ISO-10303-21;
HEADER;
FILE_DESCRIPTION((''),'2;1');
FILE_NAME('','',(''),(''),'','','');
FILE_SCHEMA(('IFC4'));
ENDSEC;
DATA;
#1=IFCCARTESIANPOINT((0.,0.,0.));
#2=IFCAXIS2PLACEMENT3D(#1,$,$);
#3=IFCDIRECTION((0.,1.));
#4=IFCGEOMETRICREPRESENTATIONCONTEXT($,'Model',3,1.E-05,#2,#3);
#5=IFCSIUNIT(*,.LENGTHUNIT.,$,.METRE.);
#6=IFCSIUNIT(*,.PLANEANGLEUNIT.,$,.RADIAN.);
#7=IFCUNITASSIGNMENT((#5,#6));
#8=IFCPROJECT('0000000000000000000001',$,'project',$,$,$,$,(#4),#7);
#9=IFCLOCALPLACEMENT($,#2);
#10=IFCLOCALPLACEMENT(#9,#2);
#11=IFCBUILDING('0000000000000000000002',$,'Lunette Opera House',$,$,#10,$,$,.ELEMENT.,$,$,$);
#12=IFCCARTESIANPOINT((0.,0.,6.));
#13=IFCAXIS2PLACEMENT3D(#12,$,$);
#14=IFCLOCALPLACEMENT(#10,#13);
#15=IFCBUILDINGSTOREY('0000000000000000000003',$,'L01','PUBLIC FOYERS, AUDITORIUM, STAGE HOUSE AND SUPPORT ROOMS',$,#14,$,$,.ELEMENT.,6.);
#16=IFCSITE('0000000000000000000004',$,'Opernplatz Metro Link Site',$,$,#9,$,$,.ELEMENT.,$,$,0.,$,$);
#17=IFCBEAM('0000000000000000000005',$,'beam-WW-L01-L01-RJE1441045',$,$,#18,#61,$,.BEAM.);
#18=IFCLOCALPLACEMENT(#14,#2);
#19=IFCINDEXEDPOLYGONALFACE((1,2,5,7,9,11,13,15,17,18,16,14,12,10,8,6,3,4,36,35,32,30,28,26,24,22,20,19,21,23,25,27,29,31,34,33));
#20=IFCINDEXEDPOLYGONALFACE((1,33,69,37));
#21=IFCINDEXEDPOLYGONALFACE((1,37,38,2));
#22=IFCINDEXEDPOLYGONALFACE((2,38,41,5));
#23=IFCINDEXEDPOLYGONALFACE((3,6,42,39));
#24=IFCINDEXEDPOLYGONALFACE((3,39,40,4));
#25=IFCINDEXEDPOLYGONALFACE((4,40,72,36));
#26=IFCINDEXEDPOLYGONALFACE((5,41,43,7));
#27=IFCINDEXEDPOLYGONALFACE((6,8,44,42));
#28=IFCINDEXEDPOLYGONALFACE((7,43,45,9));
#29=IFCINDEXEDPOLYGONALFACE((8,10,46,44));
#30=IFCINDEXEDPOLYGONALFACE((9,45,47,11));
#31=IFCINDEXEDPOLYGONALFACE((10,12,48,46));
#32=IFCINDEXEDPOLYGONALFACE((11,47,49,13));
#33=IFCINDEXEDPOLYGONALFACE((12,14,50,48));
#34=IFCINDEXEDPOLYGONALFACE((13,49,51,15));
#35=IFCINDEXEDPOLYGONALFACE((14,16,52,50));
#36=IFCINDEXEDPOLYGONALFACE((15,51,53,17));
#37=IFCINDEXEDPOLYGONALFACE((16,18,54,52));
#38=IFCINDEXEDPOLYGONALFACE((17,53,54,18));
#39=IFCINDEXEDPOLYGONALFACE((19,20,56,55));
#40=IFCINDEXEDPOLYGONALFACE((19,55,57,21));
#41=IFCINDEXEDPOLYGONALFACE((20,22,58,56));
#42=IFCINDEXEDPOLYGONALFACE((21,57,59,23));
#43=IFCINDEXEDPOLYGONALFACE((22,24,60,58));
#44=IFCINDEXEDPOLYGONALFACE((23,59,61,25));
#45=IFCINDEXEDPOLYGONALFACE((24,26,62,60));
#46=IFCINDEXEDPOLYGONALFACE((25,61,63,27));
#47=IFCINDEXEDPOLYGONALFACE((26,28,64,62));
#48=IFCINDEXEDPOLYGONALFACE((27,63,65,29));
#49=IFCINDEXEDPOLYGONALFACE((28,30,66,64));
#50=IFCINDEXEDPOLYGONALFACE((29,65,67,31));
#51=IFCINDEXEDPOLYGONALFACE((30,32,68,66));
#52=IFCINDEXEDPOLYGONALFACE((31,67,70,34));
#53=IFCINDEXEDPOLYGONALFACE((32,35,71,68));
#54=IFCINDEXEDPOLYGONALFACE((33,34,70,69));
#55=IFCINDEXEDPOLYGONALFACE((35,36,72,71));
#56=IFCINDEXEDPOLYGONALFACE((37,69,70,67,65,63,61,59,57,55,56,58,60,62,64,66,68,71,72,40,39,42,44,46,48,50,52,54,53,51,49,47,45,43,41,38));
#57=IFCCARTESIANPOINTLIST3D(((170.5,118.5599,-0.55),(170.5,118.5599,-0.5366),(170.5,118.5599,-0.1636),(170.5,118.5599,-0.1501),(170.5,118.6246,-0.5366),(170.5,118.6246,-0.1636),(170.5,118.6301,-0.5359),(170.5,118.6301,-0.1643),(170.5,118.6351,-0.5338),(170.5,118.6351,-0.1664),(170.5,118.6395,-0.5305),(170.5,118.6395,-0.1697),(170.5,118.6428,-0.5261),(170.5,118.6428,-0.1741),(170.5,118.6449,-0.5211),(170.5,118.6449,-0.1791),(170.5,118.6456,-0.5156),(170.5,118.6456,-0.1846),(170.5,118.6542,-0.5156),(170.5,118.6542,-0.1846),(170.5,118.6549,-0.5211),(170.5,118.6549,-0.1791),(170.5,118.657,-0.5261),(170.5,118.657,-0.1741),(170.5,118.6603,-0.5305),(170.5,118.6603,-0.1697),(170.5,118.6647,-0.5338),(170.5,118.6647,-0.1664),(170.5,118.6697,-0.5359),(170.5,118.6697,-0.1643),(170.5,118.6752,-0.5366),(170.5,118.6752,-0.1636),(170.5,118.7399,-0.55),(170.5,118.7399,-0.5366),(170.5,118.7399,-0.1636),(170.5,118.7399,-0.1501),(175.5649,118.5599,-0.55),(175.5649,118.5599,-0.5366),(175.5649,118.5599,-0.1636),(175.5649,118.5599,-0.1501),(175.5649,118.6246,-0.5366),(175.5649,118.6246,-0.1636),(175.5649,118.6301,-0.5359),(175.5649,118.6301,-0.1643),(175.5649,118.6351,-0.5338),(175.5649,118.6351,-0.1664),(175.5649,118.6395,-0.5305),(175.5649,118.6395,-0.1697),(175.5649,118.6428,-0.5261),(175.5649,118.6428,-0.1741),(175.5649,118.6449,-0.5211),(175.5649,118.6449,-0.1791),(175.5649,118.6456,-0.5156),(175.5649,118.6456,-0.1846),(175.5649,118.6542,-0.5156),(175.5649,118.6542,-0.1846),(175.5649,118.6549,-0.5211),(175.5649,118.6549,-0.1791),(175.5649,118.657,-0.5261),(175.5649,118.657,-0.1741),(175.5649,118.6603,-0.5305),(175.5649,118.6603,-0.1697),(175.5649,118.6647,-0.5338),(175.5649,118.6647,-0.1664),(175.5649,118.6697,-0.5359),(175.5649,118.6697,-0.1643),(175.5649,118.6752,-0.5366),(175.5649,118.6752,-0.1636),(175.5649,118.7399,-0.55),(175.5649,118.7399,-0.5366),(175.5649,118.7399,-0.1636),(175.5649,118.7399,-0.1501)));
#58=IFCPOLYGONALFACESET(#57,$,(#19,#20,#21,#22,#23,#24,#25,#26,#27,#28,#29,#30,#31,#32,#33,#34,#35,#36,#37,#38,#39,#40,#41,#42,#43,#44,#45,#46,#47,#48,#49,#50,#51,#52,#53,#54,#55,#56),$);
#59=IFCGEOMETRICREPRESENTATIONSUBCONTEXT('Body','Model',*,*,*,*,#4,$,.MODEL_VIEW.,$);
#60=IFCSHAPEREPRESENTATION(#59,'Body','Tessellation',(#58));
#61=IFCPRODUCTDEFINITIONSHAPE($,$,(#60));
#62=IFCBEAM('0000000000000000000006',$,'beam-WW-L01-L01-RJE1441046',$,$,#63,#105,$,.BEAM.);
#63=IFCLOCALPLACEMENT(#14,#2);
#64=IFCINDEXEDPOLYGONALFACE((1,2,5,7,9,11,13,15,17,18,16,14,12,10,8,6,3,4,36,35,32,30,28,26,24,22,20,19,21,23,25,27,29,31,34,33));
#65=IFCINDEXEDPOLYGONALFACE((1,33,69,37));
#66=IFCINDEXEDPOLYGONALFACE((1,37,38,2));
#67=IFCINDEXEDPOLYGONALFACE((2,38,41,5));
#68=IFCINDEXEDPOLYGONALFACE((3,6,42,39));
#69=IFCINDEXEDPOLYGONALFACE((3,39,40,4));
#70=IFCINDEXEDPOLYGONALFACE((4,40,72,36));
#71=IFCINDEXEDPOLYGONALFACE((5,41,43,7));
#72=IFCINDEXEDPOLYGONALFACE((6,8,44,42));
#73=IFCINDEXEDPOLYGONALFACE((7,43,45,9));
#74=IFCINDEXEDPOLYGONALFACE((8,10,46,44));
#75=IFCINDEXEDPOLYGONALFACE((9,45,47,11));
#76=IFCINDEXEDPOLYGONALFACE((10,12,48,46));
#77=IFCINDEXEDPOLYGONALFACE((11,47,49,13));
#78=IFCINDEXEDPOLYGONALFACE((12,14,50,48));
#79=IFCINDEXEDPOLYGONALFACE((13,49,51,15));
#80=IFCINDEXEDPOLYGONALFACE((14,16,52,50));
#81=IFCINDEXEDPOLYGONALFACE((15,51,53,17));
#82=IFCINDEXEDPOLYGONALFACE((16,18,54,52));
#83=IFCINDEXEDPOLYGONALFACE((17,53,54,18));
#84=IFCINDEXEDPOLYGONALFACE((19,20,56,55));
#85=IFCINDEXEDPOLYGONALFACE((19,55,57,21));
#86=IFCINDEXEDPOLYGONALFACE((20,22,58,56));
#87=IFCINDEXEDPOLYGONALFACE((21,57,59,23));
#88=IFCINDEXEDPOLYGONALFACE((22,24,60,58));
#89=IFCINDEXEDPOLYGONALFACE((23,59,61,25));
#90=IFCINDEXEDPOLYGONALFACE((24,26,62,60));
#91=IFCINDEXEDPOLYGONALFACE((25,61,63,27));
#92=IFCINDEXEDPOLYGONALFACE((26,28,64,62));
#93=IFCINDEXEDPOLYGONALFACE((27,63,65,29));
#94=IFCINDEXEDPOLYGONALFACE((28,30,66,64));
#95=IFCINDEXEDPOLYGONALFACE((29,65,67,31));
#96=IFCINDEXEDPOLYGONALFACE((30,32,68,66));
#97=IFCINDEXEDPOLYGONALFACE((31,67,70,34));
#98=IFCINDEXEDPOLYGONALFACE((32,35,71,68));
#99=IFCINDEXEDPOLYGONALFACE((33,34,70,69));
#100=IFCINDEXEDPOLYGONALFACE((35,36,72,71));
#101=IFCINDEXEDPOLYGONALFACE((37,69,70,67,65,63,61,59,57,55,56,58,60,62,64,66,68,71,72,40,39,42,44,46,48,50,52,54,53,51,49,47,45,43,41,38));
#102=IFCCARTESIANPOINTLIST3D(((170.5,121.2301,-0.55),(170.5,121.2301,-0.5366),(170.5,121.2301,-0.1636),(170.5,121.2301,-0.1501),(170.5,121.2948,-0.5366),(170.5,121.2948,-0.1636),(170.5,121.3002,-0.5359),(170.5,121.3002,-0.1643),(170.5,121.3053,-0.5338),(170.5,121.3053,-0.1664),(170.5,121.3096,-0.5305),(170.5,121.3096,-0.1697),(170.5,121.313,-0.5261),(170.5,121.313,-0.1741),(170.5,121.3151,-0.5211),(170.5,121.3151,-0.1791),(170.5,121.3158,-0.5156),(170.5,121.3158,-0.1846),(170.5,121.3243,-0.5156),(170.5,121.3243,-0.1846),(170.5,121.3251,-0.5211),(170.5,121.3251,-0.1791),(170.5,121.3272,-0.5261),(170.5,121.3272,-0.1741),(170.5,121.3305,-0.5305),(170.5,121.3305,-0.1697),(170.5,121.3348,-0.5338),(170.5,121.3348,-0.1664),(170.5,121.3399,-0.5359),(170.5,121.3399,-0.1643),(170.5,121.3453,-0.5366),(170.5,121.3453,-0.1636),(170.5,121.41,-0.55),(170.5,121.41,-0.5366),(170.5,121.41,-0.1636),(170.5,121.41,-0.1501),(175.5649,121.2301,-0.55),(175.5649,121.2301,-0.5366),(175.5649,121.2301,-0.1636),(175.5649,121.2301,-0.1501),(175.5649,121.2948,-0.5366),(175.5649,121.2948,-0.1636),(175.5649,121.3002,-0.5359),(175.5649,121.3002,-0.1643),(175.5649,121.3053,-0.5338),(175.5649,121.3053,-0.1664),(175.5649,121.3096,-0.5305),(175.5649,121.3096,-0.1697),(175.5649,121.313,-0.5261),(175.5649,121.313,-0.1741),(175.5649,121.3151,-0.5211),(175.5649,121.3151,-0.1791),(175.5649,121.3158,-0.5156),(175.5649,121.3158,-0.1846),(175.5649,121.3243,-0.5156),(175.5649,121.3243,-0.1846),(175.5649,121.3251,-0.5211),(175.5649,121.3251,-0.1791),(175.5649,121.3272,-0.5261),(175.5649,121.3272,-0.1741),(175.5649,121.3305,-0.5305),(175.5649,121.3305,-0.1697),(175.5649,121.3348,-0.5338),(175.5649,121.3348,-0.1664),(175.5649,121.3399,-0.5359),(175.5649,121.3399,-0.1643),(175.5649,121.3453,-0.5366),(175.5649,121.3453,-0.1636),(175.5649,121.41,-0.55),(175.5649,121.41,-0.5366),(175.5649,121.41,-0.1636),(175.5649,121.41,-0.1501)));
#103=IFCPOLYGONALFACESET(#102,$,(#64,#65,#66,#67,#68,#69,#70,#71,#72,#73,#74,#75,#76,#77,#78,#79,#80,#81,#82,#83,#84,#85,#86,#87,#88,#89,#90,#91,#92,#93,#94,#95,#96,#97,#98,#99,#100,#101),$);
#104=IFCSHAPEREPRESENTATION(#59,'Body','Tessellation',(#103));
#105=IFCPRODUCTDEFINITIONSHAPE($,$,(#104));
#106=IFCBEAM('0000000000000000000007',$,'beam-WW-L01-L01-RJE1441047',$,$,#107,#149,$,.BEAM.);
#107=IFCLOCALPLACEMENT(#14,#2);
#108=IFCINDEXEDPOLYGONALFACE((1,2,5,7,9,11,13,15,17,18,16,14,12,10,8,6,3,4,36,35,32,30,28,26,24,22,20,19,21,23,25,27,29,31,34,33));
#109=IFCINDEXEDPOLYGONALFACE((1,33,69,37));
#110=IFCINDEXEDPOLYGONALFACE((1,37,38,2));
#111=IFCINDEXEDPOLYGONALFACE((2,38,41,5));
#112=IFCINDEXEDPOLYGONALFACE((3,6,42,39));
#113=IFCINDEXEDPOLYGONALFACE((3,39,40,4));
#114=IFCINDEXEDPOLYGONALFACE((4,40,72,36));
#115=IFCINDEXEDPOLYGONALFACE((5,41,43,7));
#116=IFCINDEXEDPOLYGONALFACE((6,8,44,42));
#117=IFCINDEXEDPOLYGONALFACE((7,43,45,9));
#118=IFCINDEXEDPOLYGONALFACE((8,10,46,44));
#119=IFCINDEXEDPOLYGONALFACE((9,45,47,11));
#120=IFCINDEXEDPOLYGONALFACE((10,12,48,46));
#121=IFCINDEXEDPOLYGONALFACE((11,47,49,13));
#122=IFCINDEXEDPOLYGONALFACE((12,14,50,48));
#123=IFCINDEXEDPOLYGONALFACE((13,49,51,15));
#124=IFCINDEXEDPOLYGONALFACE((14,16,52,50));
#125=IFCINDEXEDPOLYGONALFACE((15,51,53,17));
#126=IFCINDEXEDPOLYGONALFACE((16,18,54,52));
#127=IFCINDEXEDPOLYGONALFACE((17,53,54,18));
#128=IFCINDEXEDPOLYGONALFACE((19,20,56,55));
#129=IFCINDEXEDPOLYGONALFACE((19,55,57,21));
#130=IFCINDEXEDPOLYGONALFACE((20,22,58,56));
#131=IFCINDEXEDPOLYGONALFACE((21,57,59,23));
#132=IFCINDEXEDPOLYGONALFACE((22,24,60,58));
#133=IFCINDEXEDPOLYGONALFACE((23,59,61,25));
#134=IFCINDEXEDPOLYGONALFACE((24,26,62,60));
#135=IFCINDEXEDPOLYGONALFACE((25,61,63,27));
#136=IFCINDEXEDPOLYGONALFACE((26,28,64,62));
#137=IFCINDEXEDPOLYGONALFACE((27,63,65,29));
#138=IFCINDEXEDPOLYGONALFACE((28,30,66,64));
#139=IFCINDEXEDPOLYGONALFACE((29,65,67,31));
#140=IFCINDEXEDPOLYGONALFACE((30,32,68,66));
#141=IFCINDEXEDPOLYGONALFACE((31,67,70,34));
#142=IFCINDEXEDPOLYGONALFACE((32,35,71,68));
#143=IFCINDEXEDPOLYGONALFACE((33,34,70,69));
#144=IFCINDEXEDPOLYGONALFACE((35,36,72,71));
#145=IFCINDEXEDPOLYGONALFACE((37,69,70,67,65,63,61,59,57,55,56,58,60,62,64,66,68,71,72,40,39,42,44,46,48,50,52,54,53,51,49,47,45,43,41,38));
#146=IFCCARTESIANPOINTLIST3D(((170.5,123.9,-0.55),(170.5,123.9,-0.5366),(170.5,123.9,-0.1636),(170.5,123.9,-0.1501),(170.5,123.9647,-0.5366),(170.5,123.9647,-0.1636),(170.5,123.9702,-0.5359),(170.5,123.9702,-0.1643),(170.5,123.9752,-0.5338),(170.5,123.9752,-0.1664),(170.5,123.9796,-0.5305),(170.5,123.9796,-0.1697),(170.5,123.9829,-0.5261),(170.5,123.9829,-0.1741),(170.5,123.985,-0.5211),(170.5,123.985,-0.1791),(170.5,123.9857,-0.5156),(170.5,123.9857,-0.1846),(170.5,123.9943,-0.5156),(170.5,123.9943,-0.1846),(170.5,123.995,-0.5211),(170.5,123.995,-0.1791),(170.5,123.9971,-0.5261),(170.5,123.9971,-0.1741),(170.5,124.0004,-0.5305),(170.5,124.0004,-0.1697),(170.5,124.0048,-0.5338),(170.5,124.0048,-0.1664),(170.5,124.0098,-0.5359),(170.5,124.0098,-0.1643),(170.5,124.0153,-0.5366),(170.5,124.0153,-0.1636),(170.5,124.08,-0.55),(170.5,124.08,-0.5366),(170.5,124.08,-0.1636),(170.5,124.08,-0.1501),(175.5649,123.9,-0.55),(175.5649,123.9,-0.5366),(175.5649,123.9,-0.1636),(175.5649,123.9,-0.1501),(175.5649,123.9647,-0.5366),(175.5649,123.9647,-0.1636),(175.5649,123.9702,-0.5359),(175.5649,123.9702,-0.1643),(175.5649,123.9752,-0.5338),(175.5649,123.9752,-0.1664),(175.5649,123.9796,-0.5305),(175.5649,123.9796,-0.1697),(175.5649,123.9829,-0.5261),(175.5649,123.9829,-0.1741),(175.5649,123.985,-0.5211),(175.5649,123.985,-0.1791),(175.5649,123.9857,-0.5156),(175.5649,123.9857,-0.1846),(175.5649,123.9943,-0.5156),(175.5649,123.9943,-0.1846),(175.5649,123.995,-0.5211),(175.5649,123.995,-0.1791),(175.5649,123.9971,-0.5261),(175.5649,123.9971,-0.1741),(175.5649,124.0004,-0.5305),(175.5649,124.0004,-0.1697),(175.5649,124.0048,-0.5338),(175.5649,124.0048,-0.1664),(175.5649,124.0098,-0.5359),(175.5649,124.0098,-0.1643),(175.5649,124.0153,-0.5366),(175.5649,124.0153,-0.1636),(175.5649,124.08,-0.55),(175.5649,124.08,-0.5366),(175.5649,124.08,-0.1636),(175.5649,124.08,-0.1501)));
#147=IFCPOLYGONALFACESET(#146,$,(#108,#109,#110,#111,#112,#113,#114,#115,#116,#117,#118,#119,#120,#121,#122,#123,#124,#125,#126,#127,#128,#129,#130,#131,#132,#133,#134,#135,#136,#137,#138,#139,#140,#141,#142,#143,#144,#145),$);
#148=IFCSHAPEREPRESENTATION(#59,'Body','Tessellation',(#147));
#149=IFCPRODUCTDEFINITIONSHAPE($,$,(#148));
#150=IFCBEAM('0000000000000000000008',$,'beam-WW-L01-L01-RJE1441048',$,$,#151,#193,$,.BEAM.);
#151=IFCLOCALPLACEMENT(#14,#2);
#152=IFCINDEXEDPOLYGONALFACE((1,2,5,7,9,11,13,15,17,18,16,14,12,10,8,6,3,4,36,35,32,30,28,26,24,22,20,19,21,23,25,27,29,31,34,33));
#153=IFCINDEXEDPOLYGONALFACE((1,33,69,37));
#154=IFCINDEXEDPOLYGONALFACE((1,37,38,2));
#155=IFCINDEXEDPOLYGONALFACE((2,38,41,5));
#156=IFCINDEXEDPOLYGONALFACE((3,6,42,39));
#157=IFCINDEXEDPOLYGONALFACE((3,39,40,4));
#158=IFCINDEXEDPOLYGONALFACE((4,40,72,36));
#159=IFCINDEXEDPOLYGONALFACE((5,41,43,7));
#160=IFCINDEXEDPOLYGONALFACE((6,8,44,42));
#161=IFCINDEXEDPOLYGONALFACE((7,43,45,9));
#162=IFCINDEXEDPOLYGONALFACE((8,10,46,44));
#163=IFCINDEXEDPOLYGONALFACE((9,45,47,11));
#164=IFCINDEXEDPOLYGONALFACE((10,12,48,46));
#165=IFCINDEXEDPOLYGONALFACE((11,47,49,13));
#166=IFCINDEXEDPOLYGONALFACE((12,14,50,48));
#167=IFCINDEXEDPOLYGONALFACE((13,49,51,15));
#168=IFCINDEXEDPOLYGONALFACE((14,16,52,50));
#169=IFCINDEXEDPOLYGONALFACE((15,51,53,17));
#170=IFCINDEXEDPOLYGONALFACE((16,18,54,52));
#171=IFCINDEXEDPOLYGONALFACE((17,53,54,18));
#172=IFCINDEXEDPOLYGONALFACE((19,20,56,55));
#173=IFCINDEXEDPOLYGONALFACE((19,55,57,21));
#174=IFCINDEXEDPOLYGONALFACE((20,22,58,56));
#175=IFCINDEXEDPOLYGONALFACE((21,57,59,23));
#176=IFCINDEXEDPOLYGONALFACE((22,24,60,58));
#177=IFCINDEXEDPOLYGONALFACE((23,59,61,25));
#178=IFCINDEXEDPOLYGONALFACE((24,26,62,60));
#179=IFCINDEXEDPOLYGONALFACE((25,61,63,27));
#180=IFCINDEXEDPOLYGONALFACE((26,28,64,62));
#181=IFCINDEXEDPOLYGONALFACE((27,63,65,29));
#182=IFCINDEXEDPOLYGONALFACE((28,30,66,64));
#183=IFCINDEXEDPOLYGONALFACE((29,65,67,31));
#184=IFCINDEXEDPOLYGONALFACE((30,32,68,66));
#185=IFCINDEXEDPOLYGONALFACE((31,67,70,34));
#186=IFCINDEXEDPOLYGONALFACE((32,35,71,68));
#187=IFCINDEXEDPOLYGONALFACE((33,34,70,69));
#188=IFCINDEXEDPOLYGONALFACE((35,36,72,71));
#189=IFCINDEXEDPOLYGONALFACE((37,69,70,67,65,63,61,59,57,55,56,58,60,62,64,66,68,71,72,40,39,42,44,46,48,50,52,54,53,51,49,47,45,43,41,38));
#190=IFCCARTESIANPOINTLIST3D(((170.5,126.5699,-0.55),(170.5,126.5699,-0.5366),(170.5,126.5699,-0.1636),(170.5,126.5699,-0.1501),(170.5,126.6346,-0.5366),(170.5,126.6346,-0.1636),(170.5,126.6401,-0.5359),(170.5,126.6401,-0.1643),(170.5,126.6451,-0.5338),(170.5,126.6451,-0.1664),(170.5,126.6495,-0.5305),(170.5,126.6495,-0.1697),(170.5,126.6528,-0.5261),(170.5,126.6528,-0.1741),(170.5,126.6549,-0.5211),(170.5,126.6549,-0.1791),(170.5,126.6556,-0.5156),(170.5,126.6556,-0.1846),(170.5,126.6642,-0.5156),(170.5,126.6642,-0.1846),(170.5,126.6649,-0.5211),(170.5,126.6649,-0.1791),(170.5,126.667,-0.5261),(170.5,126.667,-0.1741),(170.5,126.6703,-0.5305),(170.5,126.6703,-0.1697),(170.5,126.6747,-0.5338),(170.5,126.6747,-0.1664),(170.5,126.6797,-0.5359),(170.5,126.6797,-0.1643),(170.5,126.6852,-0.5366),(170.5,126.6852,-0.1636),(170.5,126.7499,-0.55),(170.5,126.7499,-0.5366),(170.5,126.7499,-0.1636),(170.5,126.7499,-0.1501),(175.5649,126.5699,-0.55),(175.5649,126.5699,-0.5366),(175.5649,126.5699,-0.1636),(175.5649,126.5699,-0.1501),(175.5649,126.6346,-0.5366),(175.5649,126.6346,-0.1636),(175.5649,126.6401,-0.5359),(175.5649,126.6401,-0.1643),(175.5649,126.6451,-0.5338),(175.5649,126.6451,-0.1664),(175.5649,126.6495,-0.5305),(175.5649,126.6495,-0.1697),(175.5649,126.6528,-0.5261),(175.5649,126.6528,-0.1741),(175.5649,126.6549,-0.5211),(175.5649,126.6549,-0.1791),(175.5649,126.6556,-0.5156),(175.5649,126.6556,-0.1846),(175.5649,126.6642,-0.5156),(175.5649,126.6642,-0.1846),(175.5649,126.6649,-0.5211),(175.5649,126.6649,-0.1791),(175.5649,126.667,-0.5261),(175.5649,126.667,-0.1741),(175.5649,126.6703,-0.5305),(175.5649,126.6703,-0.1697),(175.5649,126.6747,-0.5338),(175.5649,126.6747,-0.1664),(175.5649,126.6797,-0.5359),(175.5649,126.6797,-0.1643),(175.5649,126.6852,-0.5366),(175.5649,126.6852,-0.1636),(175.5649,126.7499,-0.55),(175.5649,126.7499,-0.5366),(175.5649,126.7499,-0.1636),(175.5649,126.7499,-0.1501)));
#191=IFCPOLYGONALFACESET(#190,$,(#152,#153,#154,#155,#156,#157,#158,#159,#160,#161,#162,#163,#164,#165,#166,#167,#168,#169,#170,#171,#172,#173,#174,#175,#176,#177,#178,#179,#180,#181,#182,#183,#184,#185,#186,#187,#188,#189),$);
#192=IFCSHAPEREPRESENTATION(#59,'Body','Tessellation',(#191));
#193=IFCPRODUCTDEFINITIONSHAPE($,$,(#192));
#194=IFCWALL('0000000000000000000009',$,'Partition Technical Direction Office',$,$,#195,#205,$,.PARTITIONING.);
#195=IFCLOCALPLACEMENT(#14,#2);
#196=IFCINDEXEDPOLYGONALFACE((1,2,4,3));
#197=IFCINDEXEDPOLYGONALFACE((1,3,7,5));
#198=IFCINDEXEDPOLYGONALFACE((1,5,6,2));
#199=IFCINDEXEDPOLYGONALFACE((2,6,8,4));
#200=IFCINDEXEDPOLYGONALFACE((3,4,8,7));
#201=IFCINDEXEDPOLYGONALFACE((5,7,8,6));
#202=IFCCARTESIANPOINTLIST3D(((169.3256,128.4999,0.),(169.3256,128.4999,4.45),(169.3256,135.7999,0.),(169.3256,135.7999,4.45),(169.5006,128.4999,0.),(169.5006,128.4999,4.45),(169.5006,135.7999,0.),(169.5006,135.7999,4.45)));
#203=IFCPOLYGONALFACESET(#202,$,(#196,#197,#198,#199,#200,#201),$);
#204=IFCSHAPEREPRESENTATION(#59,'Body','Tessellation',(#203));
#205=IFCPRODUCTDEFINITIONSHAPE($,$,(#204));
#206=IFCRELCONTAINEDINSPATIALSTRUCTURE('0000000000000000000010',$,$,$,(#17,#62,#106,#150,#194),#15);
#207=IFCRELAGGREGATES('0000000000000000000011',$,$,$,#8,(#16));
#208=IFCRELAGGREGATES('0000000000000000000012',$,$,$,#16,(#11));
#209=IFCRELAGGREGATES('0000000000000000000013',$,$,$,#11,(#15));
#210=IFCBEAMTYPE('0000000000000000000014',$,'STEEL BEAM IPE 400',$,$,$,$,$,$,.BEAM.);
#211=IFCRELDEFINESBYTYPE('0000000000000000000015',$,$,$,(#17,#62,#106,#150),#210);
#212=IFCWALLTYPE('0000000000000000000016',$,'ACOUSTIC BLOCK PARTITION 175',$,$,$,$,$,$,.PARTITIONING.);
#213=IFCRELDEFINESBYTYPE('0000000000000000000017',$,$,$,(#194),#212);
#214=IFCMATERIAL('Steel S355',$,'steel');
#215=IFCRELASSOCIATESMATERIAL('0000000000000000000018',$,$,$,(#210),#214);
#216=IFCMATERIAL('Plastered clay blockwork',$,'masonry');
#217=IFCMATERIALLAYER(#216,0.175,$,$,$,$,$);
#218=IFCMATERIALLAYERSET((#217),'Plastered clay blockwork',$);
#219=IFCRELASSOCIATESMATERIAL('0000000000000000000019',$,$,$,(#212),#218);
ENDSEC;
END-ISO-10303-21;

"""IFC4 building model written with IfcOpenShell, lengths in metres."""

from ifc_helpers import new_model, si_unit, direction, frame, frame_2d, origin, origin_2d, place, context, subcontext, project, spatial, rectangle, i_section, extrude, material, layer, layer_set, material_profile, profile_set, type_object, element, save


model = new_model("IFC4")

# Units and contexts
model_context = context("Model", 3, precision=1e-05, world=origin(), true_north=direction((0.0, 1.0)))
body_context = subcontext(model_context, "Body", "Model", "MODEL_VIEW")
ifc_project = project(units=[si_unit("LENGTHUNIT", "METRE"), si_unit("PLANEANGLEUNIT", "RADIAN")], contexts=[model_context])

# Site, building, storey
site_placement = place(None, origin())
site = spatial("IfcSite", under=ifc_project, at=site_placement, Name="Opernplatz Metro Link Site", CompositionType="ELEMENT", RefElevation=0.0)
building_placement = place(site_placement, origin())
building = spatial("IfcBuilding", under=site, at=building_placement, Name="Lunette Opera House", CompositionType="ELEMENT")
storey_placement = place(building_placement, frame((0.0, 0.0, 6.0)))
storey = spatial("IfcBuildingStorey", under=building, at=storey_placement, Name="L01", Description="PUBLIC FOYERS, AUDITORIUM, STAGE HOUSE AND SUPPORT ROOMS", CompositionType="ELEMENT", Elevation=6.0)

# Beams
ifc_material_1 = material(Name="Steel S355", Category="steel")
ifc_material_profile_1 = material_profile(ifc_material_1, i_section(OverallWidth=0.1799, OverallDepth=0.3999, WebThickness=0.0085, FlangeThickness=0.0134, FilletRadius=0.021, at=origin_2d()), Name="IPE 400")
ifc_profile_set_1 = profile_set([ifc_material_profile_1], Name="Steel S355")
beam_type_1 = type_object("IfcBeamType", Name="STEEL BEAM IPE 400", PredefinedType="BEAM", material=ifc_profile_set_1)
for number, where, z_axis, x_axis, name in (
    (1, (170.5, 118.6499, -0.3501), (1.0, 0.0, 0.0), (0.0, 1.0, 0.0), "beam-WW-L01-L01-RJE1441045"),
    (2, (170.5, 121.3201, -0.3501), (1.0, 0.0, 0.0), (0.0, 1.0, 0.0), "beam-WW-L01-L01-RJE1441046"),
    (3, (170.5, 123.99, -0.3501), (1.0, 0.0, 0.0), (0.0, 1.0, 0.0), "beam-WW-L01-L01-RJE1441047"),
    (4, (170.5, 126.6599, -0.3501), (1.0, 0.0, 0.0), (0.0, 1.0, 0.0), "beam-WW-L01-L01-RJE1441048"),
):
    element("IfcBeam", number, at=place(storey_placement, frame(where, z_axis=z_axis, x_axis=x_axis)), inside=storey, type_object=beam_type_1, Name=name, PredefinedType="BEAM", context=body_context, shape_type="SweptSolid", body=[
        extrude(i_section(OverallWidth=0.1799, OverallDepth=0.3999, WebThickness=0.0085, FlangeThickness=0.0134, FilletRadius=0.021, at=origin_2d()), origin(), (0.0, 0.0, 1.0), 5.0649),
    ])

# Wall
ifc_material_2 = material(Name="Plastered clay blockwork", Category="masonry")
ifc_layer_1 = layer(ifc_material_2, 0.175)
ifc_layer_set_1 = layer_set([ifc_layer_1], Name="Plastered clay blockwork")
wall_type_1 = type_object("IfcWallType", Name="ACOUSTIC BLOCK PARTITION 175", PredefinedType="PARTITIONING", material=ifc_layer_set_1)
wall_1_placement = place(storey_placement, frame((169.4131, 128.5, 0.0), z_axis=(0.0, 0.0, 1.0), x_axis=(0.0, 1.0, 0.0)))
element("IfcWall", 5, at=wall_1_placement, inside=storey, type_object=wall_type_1, Name="Partition Technical Direction Office", PredefinedType="PARTITIONING", context=body_context, shape_type="SweptSolid", body=[
    extrude(rectangle(XDim=7.3, YDim=0.175, at=frame_2d((3.6499, 0.0))), origin(), (0.0, 0.0, 1.0), 4.45),
])

save(model, "model.ifc")
